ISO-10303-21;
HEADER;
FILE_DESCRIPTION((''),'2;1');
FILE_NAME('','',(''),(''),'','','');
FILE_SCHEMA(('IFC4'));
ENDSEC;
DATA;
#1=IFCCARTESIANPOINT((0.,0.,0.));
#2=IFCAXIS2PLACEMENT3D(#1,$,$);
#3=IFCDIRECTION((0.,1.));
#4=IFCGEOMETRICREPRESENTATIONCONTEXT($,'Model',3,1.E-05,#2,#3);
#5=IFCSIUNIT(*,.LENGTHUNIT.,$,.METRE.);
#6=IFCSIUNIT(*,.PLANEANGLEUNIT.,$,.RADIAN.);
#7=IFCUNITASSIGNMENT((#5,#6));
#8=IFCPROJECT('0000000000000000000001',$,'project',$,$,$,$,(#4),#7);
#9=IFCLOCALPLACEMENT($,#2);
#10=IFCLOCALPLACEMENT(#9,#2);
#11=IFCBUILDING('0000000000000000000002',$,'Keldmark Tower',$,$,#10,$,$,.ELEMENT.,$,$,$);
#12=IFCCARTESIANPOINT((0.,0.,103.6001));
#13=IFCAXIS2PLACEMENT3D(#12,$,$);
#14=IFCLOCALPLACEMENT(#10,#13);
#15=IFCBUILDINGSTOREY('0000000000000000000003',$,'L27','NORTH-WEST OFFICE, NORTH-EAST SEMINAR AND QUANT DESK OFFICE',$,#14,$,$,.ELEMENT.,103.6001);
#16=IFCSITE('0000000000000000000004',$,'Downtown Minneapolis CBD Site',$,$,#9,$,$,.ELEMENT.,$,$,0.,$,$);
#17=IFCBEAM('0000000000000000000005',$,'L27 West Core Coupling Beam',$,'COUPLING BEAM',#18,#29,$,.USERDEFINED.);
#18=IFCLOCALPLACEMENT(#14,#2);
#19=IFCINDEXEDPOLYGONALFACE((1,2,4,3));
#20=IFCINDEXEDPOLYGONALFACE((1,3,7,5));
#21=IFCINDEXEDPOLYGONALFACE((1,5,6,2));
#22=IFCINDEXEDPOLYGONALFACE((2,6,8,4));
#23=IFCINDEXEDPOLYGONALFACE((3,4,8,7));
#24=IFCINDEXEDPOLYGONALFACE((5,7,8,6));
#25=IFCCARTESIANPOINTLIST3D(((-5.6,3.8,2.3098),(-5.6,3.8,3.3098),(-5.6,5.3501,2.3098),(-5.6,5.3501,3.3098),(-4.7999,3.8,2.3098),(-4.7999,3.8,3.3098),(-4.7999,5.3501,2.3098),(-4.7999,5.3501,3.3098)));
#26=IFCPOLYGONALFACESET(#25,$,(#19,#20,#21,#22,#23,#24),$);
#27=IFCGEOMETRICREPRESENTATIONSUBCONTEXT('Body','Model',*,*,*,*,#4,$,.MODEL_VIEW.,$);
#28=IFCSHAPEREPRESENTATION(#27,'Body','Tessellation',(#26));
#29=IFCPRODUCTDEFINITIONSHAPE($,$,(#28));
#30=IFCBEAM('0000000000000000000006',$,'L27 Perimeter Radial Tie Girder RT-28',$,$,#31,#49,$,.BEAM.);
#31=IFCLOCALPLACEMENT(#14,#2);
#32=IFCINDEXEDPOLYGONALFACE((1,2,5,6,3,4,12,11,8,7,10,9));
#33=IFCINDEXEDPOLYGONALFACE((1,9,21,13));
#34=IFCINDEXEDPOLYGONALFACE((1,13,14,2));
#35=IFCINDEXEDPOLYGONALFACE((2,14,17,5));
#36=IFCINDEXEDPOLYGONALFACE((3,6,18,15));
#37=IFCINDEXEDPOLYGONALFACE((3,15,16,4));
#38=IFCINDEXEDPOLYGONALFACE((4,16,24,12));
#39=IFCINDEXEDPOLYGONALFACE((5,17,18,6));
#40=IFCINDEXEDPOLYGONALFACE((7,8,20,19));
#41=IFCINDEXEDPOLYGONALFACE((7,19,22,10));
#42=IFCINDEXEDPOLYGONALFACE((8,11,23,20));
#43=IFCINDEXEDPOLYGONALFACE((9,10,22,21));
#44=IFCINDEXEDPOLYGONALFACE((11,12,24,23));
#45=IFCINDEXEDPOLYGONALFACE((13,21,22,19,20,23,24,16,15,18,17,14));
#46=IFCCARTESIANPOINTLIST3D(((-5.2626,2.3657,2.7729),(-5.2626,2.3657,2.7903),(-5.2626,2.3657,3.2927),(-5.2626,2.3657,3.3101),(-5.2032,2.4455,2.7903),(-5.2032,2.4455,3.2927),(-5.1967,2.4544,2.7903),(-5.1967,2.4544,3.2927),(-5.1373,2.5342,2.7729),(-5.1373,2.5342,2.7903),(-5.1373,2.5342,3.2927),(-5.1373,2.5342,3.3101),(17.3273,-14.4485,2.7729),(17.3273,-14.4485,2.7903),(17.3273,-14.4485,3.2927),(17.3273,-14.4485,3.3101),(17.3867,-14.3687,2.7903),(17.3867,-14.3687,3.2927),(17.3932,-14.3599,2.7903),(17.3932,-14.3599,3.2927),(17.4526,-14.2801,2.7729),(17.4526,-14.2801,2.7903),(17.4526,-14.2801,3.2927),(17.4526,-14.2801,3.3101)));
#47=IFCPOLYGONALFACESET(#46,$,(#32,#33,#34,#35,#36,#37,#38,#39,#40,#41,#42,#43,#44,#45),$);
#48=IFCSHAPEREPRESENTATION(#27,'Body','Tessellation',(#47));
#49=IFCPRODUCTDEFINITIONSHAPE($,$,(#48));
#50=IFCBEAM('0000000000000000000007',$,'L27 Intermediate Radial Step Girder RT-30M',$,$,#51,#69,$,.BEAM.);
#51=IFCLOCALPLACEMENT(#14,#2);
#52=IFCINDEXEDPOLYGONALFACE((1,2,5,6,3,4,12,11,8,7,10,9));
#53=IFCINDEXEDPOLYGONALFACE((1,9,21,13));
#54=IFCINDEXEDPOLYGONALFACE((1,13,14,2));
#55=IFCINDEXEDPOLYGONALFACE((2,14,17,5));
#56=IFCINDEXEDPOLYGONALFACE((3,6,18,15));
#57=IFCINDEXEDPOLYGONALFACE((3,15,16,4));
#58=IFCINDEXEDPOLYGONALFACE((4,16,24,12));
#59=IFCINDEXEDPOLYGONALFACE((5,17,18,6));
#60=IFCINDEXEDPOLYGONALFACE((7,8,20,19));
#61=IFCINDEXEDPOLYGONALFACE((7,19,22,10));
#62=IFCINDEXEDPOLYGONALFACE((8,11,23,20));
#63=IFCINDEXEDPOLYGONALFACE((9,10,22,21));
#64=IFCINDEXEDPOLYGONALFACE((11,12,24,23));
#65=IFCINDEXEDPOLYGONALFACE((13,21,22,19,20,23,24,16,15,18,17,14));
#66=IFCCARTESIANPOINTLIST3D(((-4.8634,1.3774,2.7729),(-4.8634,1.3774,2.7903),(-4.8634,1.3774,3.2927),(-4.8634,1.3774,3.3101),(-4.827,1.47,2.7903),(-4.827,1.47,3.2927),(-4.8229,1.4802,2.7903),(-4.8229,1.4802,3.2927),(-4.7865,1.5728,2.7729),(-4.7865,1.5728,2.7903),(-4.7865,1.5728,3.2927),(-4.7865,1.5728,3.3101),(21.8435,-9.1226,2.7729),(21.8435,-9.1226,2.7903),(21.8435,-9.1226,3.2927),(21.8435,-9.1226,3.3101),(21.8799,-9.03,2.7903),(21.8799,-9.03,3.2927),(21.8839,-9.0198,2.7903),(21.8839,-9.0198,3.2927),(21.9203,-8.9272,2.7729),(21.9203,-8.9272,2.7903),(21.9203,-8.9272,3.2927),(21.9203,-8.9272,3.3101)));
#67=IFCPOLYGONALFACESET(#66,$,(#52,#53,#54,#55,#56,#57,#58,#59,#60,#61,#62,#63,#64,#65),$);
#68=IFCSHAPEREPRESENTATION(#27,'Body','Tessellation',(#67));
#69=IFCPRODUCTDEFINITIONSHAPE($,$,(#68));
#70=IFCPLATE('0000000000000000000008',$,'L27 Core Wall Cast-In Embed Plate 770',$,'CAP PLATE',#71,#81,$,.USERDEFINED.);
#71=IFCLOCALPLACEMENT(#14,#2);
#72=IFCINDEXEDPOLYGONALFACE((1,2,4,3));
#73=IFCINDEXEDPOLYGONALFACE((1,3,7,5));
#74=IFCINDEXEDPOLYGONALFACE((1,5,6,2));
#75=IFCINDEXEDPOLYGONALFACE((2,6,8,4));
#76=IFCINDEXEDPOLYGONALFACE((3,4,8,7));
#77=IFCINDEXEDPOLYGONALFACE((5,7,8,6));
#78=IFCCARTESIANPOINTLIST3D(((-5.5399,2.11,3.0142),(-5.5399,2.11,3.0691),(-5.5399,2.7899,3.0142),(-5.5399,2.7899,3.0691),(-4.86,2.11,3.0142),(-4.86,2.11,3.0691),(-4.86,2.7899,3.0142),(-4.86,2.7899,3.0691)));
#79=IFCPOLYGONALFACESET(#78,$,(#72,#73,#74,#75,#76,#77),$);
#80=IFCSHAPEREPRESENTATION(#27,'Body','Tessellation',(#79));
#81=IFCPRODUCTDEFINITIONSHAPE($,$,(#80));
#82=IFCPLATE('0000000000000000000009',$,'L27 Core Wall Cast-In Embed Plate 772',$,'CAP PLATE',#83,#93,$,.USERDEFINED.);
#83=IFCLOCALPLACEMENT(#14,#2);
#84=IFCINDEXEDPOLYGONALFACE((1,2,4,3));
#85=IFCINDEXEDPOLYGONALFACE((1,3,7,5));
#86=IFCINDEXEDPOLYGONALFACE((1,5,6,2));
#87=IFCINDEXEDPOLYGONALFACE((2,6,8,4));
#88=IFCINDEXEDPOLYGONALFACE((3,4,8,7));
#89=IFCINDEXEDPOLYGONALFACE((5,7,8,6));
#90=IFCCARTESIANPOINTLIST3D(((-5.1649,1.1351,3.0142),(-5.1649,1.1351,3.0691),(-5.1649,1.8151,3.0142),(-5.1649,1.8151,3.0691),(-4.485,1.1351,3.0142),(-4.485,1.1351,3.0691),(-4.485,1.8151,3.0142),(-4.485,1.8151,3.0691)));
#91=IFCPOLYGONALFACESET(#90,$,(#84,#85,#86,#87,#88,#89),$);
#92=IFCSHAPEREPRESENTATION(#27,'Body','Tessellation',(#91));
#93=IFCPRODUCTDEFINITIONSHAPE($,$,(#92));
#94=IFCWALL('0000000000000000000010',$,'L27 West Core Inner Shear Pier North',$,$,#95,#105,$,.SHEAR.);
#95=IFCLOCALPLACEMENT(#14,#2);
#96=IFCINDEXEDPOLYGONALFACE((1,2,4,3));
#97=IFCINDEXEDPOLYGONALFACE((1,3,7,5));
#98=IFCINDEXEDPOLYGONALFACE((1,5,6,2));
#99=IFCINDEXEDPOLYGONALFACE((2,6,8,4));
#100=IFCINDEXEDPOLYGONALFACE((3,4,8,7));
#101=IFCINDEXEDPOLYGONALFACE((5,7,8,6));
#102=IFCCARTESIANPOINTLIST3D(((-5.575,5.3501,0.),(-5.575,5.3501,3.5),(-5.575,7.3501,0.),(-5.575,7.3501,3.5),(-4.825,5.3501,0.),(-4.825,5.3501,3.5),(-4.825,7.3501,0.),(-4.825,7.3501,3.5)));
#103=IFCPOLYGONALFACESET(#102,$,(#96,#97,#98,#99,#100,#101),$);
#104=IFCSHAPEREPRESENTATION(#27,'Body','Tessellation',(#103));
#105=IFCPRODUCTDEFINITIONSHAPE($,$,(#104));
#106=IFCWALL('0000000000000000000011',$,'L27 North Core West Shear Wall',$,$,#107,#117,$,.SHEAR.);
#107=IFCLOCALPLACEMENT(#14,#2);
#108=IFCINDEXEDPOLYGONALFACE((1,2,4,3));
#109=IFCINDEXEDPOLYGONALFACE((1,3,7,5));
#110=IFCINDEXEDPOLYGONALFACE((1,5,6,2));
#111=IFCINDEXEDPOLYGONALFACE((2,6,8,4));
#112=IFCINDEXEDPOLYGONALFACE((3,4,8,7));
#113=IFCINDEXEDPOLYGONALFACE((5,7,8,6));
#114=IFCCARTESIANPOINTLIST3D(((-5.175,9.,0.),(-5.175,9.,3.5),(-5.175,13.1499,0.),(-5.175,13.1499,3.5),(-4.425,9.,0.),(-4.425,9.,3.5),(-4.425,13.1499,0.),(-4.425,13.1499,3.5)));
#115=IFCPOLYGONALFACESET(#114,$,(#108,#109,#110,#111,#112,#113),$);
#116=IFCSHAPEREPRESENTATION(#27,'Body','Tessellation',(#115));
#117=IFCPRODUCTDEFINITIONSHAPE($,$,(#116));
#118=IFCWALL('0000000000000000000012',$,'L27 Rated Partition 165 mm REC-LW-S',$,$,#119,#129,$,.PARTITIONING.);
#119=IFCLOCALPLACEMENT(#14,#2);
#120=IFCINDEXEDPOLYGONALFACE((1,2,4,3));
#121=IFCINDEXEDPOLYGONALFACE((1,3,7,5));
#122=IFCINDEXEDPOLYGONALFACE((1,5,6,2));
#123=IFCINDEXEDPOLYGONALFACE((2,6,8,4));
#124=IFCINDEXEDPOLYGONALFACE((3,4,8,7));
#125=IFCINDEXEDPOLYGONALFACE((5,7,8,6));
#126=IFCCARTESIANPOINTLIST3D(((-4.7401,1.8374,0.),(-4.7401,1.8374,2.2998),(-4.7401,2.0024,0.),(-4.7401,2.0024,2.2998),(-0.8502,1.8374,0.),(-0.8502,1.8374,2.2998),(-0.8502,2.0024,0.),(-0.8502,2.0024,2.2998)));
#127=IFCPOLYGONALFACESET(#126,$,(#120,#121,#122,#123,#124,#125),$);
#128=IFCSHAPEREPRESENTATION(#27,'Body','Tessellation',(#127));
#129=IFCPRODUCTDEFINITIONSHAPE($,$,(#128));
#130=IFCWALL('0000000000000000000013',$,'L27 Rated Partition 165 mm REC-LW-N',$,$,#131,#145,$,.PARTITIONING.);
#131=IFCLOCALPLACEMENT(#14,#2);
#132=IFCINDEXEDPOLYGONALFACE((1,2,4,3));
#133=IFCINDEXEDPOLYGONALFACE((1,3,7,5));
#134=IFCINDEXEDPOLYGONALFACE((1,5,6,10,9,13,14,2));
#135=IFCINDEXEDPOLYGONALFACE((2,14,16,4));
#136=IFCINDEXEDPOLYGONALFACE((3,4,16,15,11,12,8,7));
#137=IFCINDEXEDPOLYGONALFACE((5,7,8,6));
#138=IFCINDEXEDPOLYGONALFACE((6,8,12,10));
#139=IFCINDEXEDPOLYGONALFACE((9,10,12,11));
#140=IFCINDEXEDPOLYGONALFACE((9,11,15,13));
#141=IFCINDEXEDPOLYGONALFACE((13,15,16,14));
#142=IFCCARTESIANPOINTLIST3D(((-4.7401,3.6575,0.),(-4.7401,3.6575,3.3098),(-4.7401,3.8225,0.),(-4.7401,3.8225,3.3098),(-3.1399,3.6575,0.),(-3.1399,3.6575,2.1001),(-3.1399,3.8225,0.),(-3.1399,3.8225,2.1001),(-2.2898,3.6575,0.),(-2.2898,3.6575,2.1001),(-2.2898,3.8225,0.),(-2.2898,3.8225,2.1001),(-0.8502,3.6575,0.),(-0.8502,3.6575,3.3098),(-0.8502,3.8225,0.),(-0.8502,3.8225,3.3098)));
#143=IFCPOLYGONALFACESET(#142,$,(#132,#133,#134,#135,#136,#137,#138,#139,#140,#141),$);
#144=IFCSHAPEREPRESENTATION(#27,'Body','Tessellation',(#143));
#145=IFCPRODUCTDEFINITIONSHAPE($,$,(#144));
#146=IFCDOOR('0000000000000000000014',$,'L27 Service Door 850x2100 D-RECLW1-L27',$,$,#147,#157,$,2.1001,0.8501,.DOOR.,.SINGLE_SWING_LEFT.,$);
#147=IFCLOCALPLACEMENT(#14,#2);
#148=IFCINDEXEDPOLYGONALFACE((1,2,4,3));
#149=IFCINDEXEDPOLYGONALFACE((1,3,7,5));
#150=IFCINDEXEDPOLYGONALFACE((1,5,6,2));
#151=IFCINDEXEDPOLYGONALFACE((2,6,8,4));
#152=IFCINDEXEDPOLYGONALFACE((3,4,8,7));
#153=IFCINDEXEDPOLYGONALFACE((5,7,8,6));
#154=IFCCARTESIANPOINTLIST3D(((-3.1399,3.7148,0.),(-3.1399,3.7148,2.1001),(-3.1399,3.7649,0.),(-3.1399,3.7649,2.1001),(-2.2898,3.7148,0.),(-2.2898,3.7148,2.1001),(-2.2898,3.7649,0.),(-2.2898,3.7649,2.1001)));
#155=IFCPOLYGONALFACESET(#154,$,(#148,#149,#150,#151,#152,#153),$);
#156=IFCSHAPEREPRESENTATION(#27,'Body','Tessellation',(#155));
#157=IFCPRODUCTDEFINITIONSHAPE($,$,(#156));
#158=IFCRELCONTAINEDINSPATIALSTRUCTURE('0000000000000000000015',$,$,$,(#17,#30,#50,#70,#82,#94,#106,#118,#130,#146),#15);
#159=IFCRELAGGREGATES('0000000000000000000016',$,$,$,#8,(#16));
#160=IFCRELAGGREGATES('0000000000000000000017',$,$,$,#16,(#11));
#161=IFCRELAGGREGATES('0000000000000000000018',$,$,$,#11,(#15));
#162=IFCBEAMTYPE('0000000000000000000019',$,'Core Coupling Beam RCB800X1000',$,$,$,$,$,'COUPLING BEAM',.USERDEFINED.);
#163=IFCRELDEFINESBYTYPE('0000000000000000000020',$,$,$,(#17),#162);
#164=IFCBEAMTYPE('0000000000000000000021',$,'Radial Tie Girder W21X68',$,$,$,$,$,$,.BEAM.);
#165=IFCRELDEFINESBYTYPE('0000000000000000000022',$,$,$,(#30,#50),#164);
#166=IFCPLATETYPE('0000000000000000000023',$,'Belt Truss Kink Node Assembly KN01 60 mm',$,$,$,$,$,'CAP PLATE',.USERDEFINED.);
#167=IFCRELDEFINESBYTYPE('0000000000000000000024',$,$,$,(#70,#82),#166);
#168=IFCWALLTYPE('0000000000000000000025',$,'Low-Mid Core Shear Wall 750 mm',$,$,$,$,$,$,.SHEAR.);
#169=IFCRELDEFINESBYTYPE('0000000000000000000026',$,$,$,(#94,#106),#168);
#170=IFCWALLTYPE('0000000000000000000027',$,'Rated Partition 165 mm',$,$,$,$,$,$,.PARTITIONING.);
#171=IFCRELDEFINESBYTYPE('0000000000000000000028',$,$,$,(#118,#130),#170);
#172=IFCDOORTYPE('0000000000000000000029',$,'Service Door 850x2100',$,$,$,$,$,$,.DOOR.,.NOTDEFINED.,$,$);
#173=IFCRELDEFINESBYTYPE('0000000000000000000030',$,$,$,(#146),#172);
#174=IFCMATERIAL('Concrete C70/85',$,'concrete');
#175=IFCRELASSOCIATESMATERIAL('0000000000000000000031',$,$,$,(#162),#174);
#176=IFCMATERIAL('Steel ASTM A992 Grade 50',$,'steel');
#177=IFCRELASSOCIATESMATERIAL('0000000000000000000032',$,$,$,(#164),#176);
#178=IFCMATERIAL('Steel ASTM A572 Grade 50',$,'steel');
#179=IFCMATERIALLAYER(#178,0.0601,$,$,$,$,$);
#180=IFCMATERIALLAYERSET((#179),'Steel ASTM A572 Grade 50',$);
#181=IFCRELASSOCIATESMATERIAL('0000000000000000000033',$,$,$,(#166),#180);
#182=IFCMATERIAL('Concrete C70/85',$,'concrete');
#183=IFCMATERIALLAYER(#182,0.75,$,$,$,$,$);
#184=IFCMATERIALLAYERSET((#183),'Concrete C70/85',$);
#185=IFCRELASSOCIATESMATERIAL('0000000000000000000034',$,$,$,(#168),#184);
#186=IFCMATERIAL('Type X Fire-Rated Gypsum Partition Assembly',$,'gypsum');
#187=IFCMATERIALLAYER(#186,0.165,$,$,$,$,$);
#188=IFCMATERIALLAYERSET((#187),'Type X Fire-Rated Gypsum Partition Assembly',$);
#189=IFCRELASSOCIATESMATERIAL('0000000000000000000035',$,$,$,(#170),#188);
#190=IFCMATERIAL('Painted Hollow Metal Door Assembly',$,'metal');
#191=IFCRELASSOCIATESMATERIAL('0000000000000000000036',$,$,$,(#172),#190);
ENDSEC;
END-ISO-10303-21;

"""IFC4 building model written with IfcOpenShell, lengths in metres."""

from ifc_helpers import new_model, si_unit, direction, frame, frame_2d, origin, origin_2d, place, context, subcontext, project, spatial, rectangle, i_section, extrude, material, layer, layer_set, material_profile, profile_set, type_object, element, fill, save


model = new_model("IFC4")

# Units and contexts
model_context = context("Model", 3, precision=1e-05, world=origin(), true_north=direction((0.0, 1.0)))
body_context = subcontext(model_context, "Body", "Model", "MODEL_VIEW")
ifc_project = project(units=[si_unit("LENGTHUNIT", "METRE"), si_unit("PLANEANGLEUNIT", "RADIAN")], contexts=[model_context])

# Site, building, storey
site_placement = place(None, origin())
site = spatial("IfcSite", under=ifc_project, at=site_placement, Name="Downtown Minneapolis CBD Site", CompositionType="ELEMENT", RefElevation=0.0)
building_placement = place(site_placement, origin())
building = spatial("IfcBuilding", under=site, at=building_placement, Name="Keldmark Tower", CompositionType="ELEMENT")
storey_placement = place(building_placement, frame((0.0, 0.0, 103.6001)))
storey = spatial("IfcBuildingStorey", under=building, at=storey_placement, Name="L27", Description="NORTH-WEST OFFICE, NORTH-EAST SEMINAR AND QUANT DESK OFFICE", CompositionType="ELEMENT", Elevation=103.6001)

# Beams
ifc_material_1 = material(Name="Concrete C70/85", Category="concrete")
ifc_material_profile_1 = material_profile(ifc_material_1, rectangle(XDim=0.8, YDim=1.0, at=origin_2d()), Name="RCB800X1000")
ifc_profile_set_1 = profile_set([ifc_material_profile_1], Name="Concrete C70/85")
beam_type_1 = type_object("IfcBeamType", Name="Core Coupling Beam RCB800X1000", ElementType="COUPLING BEAM", PredefinedType="USERDEFINED", material=ifc_profile_set_1)
beam_1_placement = place(storey_placement, frame((-5.2, 3.8, 2.8098), z_axis=(0.0, 1.0, 0.0), x_axis=(-1.0, 0.0, 0.0)))
element("IfcBeam", 1, at=beam_1_placement, inside=storey, type_object=beam_type_1, Name="L27 West Core Coupling Beam", ObjectType="COUPLING BEAM", PredefinedType="USERDEFINED", context=body_context, shape_type="SweptSolid", body=[
    extrude(rectangle(XDim=0.8, YDim=1.0, at=origin_2d()), origin(), (0.0, 0.0, 1.0), 1.55),
])
ifc_material_2 = material(Name="Steel ASTM A992 Grade 50", Category="steel")
ifc_material_profile_2 = material_profile(ifc_material_2, i_section(OverallWidth=0.21, OverallDepth=0.5371, WebThickness=0.011, FlangeThickness=0.0173, at=origin_2d()), Name="W21X68")
ifc_profile_set_2 = profile_set([ifc_material_profile_2], Name="Steel ASTM A992 Grade 50")
beam_type_2 = type_object("IfcBeamType", Name="Radial Tie Girder W21X68", PredefinedType="BEAM", material=ifc_profile_set_2)
beam_2_placement = place(storey_placement, frame((-5.2, 2.45, 3.0415), z_axis=(0.802179, -0.597083, 0.0), x_axis=(0.597083, 0.802179, 0.0)))
element("IfcBeam", 2, at=beam_2_placement, inside=storey, type_object=beam_type_2, Name="L27 Perimeter Radial Tie Girder RT-28", PredefinedType="BEAM", context=body_context, shape_type="SweptSolid", body=[
    extrude(i_section(OverallWidth=0.21, OverallDepth=0.5371, WebThickness=0.011, FlangeThickness=0.0173, at=origin_2d()), origin(), (0.0, 0.0, 1.0), 28.1606),
])
beam_3_placement = place(storey_placement, frame((-4.825, 1.4751, 3.0415), z_axis=(0.930656, -0.365895, 0.0), x_axis=(0.365895, 0.930656, 0.0)))
element("IfcBeam", 3, at=beam_3_placement, inside=storey, type_object=beam_type_2, Name="L27 Intermediate Radial Step Girder RT-30M", PredefinedType="BEAM", context=body_context, shape_type="SweptSolid", body=[
    extrude(i_section(OverallWidth=0.21, OverallDepth=0.5371, WebThickness=0.011, FlangeThickness=0.0173, at=origin_2d()), origin(), (0.0, 0.0, 1.0), 28.6968),
])

# Plates
ifc_material_3 = material(Name="Steel ASTM A572 Grade 50", Category="steel")
ifc_layer_1 = layer(ifc_material_3, 0.0601)
ifc_layer_set_1 = layer_set([ifc_layer_1], Name="Steel ASTM A572 Grade 50")
plate_type = type_object("IfcPlateType", Name="Belt Truss Kink Node Assembly KN01 60 mm", ElementType="CAP PLATE", PredefinedType="USERDEFINED", material=ifc_layer_set_1)
for number, where, z_axis, x_axis, name in (
    (4, (-5.2, 2.45, 3.0142), (0.0, 0.0, 1.0), (1.0, 0.0, 0.0), "L27 Core Wall Cast-In Embed Plate 770"),
    (5, (-4.825, 1.4751, 3.0142), (0.0, 0.0, 1.0), (1.0, 0.0, 0.0), "L27 Core Wall Cast-In Embed Plate 772"),
):
    element("IfcPlate", number, at=place(storey_placement, frame(where, z_axis=z_axis, x_axis=x_axis)), inside=storey, type_object=plate_type, Name=name, ObjectType="CAP PLATE", PredefinedType="USERDEFINED", context=body_context, shape_type="SweptSolid", body=[
        extrude(rectangle(XDim=0.6799, YDim=0.6799, at=origin_2d()), origin(), (0.0, 0.0, 1.0), 0.0549),
    ])

# Shared definitions
ifc_material_4 = material(Name="Concrete C70/85", Category="concrete")
ifc_layer_2 = layer(ifc_material_4, 0.75)
ifc_layer_set_2 = layer_set([ifc_layer_2], Name="Concrete C70/85")
wall_type_1 = type_object("IfcWallType", Name="Low-Mid Core Shear Wall 750 mm", PredefinedType="SHEAR", material=ifc_layer_set_2)

# Walls
wall_1_placement = place(storey_placement, frame((-5.2, 5.3501, 0.0), z_axis=(0.0, 0.0, 1.0), x_axis=(0.0, 1.0, 0.0)))
element("IfcWall", 6, at=wall_1_placement, inside=storey, type_object=wall_type_1, Name="L27 West Core Inner Shear Pier North", PredefinedType="SHEAR", context=body_context, shape_type="SweptSolid", body=[
    extrude(rectangle(XDim=2.0, YDim=0.75, at=frame_2d((1.0, 0.0))), origin(), (0.0, 0.0, 1.0), 3.5),
])
wall_2_placement = place(storey_placement, frame((-4.8, 9.0, 0.0), z_axis=(0.0, 0.0, 1.0), x_axis=(0.0, 1.0, 0.0)))
element("IfcWall", 7, at=wall_2_placement, inside=storey, type_object=wall_type_1, Name="L27 North Core West Shear Wall", PredefinedType="SHEAR", context=body_context, shape_type="SweptSolid", body=[
    extrude(rectangle(XDim=4.1499, YDim=0.75, at=frame_2d((2.075, 0.0))), origin(), (0.0, 0.0, 1.0), 3.5),
])
ifc_material_5 = material(Name="Type X Fire-Rated Gypsum Partition Assembly", Category="gypsum")
ifc_layer_3 = layer(ifc_material_5, 0.165)
ifc_layer_set_3 = layer_set([ifc_layer_3], Name="Type X Fire-Rated Gypsum Partition Assembly")
wall_type_2 = type_object("IfcWallType", Name="Rated Partition 165 mm", PredefinedType="PARTITIONING", material=ifc_layer_set_3)
wall_3_placement = place(storey_placement, frame((-4.74, 1.9199, 0.0), z_axis=(0.0, 0.0, 1.0), x_axis=(1.0, 0.0, 0.0)))
element("IfcWall", 8, at=wall_3_placement, inside=storey, type_object=wall_type_2, Name="L27 Rated Partition 165 mm REC-LW-S", PredefinedType="PARTITIONING", context=body_context, shape_type="SweptSolid", body=[
    extrude(rectangle(XDim=3.8899, YDim=0.165, at=frame_2d((1.9448, 0.0))), origin(), (0.0, 0.0, 1.0), 2.2998),
])

# Wall, opening, door
wall_4_placement = place(storey_placement, frame((-4.74, 3.74, 0.0), z_axis=(0.0, 0.0, 1.0), x_axis=(1.0, 0.0, 0.0)))
wall_4 = element("IfcWall", 9, at=wall_4_placement, inside=storey, type_object=wall_type_2, Name="L27 Rated Partition 165 mm REC-LW-N", PredefinedType="PARTITIONING", context=body_context, shape_type="SweptSolid", body=[
    extrude(rectangle(XDim=3.8899, YDim=0.165, at=frame_2d((1.9448, 0.0))), origin(), (0.0, 0.0, 1.0), 3.3098),
])
opening_1_placement = place(wall_4_placement, frame((1.6001, 0.0, 0.0)))
opening_1 = element("IfcOpeningElement", 10, at=opening_1_placement, cuts=wall_4, PredefinedType="OPENING", context=body_context, shape_type="SweptSolid", body=[
    extrude(rectangle(XDim=0.8501, YDim=2.1001, at=frame_2d((0.425, 1.05))), frame((0.0, 0.0925, 0.0), z_axis=(0.0, -1.0, 0.0), x_axis=(1.0, 0.0, 0.0)), (0.0, 0.0, 1.0), 0.1851),
])
ifc_material_6 = material(Name="Painted Hollow Metal Door Assembly", Category="metal")
door_type_1 = type_object("IfcDoorType", Name="Service Door 850x2100", OperationType="NOTDEFINED", PredefinedType="DOOR", material=ifc_material_6)
door_1_placement = place(opening_1_placement, origin())
door_1 = element("IfcDoor", 11, at=door_1_placement, inside=storey, type_object=door_type_1, Name="L27 Service Door 850x2100 D-RECLW1-L27", OperationType="SINGLE_SWING_LEFT", OverallHeight=2.1001, OverallWidth=0.8501, PredefinedType="DOOR", context=body_context, shape_type="SweptSolid", body=[
    extrude(rectangle(XDim=0.8501, YDim=2.1001, at=frame_2d((0.425, 1.05))), frame((0.0, 0.0249, 0.0), z_axis=(0.0, -1.0, 0.0), x_axis=(1.0, 0.0, 0.0)), (0.0, 0.0, 1.0), 0.05),
])
fill(opening_1, door_1)

save(model, "model.ifc")
